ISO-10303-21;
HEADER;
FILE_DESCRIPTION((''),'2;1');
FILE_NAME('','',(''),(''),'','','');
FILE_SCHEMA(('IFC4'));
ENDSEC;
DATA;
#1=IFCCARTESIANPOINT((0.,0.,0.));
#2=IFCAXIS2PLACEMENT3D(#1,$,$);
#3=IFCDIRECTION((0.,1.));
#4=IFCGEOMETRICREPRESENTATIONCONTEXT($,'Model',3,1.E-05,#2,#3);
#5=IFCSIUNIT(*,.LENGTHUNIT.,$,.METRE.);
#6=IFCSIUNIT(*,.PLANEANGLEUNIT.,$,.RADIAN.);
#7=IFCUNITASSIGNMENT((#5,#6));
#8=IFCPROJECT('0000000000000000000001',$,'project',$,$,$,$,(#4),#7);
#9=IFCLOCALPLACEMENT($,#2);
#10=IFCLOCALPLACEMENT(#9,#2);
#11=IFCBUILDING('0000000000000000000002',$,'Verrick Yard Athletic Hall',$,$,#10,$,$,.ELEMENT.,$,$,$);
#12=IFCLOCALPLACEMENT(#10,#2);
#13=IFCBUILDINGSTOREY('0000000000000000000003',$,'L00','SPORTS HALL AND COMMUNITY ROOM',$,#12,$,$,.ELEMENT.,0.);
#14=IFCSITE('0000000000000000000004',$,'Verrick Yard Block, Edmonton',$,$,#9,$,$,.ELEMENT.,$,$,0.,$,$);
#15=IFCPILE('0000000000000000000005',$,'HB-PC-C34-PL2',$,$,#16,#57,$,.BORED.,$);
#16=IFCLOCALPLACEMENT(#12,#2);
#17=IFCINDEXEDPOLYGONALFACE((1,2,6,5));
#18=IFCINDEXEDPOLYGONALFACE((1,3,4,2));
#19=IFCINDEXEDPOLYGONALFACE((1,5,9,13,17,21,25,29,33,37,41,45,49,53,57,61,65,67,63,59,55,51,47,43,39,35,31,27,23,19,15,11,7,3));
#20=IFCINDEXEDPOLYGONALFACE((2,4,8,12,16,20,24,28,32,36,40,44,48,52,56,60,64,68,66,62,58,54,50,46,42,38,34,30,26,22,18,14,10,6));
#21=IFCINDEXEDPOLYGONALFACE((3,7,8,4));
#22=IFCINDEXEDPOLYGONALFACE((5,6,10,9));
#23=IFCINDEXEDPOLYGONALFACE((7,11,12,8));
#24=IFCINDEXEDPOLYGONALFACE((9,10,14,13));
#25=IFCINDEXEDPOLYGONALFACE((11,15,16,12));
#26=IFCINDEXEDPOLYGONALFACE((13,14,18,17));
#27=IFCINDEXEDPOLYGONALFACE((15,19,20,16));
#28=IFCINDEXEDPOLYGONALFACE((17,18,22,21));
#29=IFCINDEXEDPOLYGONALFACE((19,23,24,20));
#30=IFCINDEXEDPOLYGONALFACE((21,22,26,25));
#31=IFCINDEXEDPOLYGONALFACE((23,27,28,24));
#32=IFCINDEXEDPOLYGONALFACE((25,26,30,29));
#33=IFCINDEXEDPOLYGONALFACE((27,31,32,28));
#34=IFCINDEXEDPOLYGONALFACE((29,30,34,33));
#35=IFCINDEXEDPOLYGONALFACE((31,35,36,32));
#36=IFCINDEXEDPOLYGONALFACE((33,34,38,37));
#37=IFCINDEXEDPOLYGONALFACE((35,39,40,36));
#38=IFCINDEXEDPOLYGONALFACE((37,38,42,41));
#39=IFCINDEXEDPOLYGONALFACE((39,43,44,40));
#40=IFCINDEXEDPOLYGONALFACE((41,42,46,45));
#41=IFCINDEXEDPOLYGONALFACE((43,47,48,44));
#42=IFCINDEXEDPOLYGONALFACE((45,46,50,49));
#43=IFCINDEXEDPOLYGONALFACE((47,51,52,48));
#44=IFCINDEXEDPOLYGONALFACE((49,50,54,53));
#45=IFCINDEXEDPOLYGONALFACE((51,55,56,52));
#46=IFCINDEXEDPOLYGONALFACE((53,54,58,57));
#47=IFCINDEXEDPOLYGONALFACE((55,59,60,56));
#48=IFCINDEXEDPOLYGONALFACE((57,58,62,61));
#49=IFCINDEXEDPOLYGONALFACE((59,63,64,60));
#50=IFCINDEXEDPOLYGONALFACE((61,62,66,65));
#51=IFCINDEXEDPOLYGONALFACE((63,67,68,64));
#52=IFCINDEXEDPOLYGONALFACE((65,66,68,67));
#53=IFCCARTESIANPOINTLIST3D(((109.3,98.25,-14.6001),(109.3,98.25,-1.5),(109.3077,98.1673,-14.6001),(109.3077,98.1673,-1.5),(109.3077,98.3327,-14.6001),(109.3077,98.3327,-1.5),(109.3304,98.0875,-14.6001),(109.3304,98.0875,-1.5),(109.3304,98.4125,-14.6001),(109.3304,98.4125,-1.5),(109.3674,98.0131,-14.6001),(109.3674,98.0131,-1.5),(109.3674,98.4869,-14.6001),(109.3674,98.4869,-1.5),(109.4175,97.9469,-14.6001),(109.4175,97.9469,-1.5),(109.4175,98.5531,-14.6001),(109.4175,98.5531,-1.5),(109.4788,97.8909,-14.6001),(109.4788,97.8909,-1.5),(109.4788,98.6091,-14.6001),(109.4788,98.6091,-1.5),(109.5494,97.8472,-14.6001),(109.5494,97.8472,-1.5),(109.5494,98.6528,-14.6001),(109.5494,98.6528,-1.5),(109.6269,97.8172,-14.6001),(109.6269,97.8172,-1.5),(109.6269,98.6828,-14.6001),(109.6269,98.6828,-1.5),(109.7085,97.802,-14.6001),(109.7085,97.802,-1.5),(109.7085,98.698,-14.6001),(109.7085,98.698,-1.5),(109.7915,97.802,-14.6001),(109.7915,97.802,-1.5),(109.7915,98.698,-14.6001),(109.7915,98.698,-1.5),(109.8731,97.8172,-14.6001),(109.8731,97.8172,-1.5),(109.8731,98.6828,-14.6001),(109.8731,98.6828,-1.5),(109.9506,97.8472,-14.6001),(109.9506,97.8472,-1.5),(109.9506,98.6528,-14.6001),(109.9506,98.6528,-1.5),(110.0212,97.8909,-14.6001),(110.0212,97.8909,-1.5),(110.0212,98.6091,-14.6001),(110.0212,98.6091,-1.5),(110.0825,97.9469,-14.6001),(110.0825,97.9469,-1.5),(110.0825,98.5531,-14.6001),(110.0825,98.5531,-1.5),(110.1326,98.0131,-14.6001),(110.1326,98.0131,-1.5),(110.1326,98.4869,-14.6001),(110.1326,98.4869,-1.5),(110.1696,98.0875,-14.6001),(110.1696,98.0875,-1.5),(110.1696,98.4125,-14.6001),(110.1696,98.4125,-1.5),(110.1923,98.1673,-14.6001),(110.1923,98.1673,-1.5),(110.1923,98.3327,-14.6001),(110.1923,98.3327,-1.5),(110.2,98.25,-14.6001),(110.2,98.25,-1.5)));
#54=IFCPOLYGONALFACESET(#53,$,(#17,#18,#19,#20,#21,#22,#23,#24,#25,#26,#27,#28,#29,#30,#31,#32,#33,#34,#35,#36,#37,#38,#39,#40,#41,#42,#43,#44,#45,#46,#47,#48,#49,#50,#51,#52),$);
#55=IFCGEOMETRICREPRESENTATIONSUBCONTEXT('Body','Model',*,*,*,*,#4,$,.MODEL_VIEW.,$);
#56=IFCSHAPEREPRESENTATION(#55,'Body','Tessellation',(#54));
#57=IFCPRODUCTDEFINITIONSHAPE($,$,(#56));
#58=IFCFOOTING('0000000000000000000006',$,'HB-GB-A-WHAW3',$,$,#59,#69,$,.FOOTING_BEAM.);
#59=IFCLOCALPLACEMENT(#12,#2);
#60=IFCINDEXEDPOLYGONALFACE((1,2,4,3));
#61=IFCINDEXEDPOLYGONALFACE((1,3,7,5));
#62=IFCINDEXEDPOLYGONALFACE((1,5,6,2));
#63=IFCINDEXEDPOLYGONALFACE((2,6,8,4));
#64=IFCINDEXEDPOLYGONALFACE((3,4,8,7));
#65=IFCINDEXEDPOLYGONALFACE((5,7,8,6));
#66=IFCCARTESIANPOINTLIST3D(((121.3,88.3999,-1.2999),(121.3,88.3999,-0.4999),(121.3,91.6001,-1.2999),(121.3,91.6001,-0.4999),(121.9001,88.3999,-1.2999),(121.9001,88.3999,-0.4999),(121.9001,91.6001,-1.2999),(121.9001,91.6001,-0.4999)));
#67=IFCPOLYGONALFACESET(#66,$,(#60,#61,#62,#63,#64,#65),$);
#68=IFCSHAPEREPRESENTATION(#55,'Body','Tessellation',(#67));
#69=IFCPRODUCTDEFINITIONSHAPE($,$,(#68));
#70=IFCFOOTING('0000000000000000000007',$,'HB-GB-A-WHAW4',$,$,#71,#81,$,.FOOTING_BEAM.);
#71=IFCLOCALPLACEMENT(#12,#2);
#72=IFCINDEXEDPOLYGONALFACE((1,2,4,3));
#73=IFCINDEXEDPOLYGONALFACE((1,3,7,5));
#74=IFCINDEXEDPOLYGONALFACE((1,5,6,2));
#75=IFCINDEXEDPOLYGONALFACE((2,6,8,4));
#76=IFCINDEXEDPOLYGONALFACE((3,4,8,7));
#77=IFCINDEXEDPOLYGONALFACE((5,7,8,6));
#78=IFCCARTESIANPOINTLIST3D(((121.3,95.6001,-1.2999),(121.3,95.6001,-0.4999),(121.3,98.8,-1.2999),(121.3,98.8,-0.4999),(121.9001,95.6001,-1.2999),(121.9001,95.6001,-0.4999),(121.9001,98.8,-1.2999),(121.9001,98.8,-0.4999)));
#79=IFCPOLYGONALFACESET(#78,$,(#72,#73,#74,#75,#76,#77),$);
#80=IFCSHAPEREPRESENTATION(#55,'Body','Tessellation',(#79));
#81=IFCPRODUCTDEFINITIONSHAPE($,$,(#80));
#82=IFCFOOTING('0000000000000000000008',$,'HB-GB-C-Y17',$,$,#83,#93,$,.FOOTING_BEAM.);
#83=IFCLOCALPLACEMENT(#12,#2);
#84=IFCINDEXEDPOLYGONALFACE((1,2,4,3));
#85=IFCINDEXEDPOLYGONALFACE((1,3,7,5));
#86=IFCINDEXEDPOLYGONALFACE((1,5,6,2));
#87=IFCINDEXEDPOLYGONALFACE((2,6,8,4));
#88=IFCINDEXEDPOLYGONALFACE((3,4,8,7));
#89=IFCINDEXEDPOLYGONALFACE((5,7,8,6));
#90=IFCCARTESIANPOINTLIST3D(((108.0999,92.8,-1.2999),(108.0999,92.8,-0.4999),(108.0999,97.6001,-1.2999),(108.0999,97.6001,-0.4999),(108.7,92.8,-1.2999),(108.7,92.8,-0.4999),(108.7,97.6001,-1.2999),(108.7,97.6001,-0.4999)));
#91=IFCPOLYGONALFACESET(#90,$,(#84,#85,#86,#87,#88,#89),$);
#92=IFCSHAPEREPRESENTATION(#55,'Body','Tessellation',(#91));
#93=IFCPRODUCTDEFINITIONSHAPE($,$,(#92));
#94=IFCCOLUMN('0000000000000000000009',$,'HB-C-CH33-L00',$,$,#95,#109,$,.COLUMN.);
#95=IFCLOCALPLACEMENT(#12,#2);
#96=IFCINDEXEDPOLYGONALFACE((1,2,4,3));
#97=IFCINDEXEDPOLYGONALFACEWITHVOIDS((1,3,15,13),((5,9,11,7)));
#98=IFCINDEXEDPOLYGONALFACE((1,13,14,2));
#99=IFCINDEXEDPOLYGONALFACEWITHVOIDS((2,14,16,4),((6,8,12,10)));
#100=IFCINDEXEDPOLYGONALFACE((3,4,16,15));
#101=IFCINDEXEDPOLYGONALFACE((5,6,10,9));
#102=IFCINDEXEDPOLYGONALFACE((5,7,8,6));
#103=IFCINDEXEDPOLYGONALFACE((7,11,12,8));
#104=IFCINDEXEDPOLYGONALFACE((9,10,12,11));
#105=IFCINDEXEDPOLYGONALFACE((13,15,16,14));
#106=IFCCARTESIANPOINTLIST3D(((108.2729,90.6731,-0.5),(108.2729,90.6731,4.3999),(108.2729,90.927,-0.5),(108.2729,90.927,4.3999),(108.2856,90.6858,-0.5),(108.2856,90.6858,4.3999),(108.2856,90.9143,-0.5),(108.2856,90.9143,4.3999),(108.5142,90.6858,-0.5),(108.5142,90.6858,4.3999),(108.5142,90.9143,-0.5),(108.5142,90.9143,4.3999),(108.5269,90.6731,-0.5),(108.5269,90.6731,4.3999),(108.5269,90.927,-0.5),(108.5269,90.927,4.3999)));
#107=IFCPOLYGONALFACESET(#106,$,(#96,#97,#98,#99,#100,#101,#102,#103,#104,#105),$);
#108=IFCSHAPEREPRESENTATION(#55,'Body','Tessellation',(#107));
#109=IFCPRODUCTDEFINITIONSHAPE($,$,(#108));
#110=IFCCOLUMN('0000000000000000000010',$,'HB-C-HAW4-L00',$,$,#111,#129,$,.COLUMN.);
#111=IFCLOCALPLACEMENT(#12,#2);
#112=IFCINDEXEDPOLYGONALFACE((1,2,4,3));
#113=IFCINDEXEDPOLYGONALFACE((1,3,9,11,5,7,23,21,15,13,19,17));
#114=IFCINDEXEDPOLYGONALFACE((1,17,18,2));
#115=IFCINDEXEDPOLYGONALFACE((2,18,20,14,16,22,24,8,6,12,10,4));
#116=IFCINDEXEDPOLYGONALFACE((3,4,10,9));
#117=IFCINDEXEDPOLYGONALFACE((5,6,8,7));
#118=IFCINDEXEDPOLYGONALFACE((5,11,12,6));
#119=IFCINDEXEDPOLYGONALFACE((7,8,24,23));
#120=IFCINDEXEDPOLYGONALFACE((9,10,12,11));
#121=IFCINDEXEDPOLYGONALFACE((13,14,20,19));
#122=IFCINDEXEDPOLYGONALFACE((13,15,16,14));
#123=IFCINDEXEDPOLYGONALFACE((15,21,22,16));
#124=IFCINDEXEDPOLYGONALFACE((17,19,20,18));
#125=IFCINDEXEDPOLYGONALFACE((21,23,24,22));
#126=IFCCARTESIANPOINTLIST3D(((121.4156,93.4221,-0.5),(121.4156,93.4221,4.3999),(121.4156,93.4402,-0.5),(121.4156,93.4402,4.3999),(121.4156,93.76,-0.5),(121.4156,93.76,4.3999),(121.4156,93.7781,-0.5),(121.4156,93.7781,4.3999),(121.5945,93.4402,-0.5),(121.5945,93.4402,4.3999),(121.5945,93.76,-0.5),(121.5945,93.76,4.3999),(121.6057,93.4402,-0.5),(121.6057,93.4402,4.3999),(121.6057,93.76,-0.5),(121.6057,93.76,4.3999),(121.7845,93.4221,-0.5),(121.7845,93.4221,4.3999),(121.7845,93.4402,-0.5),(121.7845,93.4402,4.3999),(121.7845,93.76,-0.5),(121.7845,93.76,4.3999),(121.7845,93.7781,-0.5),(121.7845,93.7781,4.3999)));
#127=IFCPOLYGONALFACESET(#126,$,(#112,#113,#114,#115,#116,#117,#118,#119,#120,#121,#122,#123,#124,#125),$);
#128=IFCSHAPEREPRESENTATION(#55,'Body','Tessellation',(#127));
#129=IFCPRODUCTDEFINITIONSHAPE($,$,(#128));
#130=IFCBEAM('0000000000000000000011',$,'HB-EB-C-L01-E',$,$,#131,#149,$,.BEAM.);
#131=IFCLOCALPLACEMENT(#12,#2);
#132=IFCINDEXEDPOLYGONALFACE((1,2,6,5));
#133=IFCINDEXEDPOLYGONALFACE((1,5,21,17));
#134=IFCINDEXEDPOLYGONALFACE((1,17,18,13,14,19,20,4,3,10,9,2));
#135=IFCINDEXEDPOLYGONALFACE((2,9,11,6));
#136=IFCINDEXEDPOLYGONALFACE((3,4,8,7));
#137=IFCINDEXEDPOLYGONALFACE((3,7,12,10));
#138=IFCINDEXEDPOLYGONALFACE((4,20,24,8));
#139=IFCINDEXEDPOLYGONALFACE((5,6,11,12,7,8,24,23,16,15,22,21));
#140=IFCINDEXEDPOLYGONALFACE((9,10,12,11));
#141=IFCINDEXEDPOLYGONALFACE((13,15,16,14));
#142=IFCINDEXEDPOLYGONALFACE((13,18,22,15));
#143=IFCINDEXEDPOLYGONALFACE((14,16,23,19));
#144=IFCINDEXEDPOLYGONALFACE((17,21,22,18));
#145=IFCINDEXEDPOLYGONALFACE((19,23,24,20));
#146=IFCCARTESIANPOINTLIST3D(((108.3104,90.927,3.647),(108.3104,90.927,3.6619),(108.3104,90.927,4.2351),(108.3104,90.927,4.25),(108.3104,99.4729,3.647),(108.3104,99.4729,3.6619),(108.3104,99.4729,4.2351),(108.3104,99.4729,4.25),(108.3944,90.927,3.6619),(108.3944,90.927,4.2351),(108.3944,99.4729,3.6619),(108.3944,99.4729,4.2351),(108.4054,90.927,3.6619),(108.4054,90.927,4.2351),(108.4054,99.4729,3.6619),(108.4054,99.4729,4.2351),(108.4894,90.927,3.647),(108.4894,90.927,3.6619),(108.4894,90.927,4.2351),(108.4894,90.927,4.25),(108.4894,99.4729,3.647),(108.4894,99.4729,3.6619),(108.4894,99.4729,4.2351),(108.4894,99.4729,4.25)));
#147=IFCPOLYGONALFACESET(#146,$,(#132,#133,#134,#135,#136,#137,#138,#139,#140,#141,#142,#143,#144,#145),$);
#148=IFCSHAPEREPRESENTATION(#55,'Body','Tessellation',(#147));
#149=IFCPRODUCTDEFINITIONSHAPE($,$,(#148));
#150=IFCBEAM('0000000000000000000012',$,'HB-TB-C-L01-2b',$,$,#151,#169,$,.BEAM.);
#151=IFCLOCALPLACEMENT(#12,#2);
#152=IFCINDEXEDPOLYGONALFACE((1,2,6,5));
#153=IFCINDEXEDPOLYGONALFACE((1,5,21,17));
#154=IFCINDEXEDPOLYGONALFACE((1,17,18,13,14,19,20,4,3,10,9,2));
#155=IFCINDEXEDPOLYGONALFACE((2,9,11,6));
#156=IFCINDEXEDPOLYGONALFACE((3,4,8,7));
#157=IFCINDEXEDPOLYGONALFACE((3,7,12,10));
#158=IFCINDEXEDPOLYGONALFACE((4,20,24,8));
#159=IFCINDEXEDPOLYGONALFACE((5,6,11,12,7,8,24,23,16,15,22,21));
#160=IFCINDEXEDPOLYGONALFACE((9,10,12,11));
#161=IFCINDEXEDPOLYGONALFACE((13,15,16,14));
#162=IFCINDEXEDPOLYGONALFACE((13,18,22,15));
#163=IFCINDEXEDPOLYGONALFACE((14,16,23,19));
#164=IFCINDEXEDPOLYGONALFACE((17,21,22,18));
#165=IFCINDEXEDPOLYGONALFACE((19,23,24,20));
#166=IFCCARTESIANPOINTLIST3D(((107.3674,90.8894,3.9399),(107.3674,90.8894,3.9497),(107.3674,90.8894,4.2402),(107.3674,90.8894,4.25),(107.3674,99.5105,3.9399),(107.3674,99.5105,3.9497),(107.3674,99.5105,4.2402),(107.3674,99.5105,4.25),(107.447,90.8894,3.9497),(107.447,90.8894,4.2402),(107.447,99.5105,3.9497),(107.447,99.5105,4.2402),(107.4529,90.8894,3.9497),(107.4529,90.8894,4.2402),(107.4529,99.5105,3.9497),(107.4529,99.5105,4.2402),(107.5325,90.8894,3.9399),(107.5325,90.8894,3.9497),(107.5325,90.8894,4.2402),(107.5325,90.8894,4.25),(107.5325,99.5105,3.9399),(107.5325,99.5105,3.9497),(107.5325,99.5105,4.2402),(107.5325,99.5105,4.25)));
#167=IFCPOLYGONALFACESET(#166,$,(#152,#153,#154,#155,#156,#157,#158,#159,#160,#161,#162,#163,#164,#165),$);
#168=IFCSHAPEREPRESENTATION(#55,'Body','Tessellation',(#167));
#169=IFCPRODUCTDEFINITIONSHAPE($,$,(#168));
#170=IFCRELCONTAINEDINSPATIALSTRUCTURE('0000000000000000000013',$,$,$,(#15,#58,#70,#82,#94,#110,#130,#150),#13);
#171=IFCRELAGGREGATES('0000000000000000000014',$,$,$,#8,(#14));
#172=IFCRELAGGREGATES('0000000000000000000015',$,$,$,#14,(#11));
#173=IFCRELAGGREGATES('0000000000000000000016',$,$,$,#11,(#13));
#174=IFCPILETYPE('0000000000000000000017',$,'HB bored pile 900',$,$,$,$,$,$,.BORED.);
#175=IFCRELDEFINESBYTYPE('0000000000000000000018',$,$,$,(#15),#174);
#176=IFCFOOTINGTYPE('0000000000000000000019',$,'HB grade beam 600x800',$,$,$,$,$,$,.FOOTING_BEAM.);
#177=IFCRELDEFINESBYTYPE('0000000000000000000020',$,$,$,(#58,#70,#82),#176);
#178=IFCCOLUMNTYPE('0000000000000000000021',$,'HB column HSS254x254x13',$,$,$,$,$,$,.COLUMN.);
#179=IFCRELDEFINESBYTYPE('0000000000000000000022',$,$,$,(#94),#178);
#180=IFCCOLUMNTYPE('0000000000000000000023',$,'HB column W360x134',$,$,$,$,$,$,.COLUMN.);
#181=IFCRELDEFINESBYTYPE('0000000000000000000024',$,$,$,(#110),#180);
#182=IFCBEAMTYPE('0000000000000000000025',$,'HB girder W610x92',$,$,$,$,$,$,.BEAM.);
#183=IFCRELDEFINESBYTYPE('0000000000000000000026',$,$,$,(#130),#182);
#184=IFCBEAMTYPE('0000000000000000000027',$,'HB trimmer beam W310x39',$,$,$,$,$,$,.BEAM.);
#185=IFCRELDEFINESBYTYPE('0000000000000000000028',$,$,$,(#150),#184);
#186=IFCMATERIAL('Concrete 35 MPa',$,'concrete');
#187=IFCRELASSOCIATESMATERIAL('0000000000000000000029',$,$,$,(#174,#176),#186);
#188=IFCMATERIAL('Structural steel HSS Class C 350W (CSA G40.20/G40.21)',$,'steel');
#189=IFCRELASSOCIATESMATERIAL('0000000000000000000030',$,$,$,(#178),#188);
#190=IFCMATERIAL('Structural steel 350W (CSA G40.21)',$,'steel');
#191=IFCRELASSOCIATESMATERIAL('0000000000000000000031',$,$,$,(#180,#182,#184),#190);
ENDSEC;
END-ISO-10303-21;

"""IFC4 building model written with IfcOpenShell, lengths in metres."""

from ifc_helpers import new_model, si_unit, direction, frame, origin, origin_2d, place, context, subcontext, project, spatial, rectangle, hollow_rectangle, circle, i_section, extrude, material, material_profile, profile_set, type_object, element, save


model = new_model("IFC4")

# Units and contexts
model_context = context("Model", 3, precision=1e-05, world=origin(), true_north=direction((0.0, 1.0)))
body_context = subcontext(model_context, "Body", "Model", "MODEL_VIEW")
ifc_project = project(units=[si_unit("LENGTHUNIT", "METRE"), si_unit("PLANEANGLEUNIT", "RADIAN")], contexts=[model_context])

# Site, building, storey
site_placement = place(None, origin())
site = spatial("IfcSite", under=ifc_project, at=site_placement, Name="Verrick Yard Block, Edmonton", CompositionType="ELEMENT", RefElevation=0.0)
building_placement = place(site_placement, origin())
building = spatial("IfcBuilding", under=site, at=building_placement, Name="Verrick Yard Athletic Hall", CompositionType="ELEMENT")
storey_placement = place(building_placement, origin())
storey = spatial("IfcBuildingStorey", under=building, at=storey_placement, Name="L00", Description="SPORTS HALL AND COMMUNITY ROOM", CompositionType="ELEMENT", Elevation=0.0)

# Pile
ifc_material_1 = material(Name="Concrete 35 MPa", Category="concrete")
ifc_material_profile_1 = material_profile(ifc_material_1, circle(Radius=0.45, at=origin_2d()), Name="Bored pile 900")
ifc_profile_set_1 = profile_set([ifc_material_profile_1], Name="Concrete 35 MPa")
pile_type = type_object("IfcPileType", Name="HB bored pile 900", PredefinedType="BORED", material=ifc_profile_set_1)
for number, where, z_axis, x_axis, name in (
    (1, (109.75, 98.25, -1.5), (0.0, 0.0, -1.0), (1.0, 0.0, 0.0), "HB-PC-C34-PL2"),
):
    element("IfcPile", number, at=place(storey_placement, frame(where, z_axis=z_axis, x_axis=x_axis)), inside=storey, type_object=pile_type, Name=name, PredefinedType="BORED", context=body_context, shape_type="SweptSolid", body=[
        extrude(circle(Radius=0.45, at=origin_2d()), origin(), (0.0, 0.0, 1.0), 13.1001),
    ])

# Footings
ifc_material_profile_2 = material_profile(ifc_material_1, rectangle(XDim=0.6001, YDim=0.8, at=origin_2d()), Name="Grade beam 600x800")
ifc_profile_set_2 = profile_set([ifc_material_profile_2], Name="Concrete 35 MPa")
footing_type = type_object("IfcFootingType", Name="HB grade beam 600x800", PredefinedType="FOOTING_BEAM", material=ifc_profile_set_2)
footing_1_placement = place(storey_placement, frame((121.6001, 88.3999, -0.8999), z_axis=(0.0, 1.0, 0.0), x_axis=(-1.0, 0.0, 0.0)))
element("IfcFooting", 2, at=footing_1_placement, inside=storey, type_object=footing_type, Name="HB-GB-A-WHAW3", PredefinedType="FOOTING_BEAM", context=body_context, shape_type="SweptSolid", body=[
    extrude(rectangle(XDim=0.6001, YDim=0.8, at=origin_2d()), origin(), (0.0, 0.0, 1.0), 3.2002),
])
footing_2_placement = place(storey_placement, frame((121.6001, 95.6001, -0.8999), z_axis=(0.0, 1.0, 0.0), x_axis=(-1.0, 0.0, 0.0)))
element("IfcFooting", 3, at=footing_2_placement, inside=storey, type_object=footing_type, Name="HB-GB-A-WHAW4", PredefinedType="FOOTING_BEAM", context=body_context, shape_type="SweptSolid", body=[
    extrude(rectangle(XDim=0.6001, YDim=0.8, at=origin_2d()), origin(), (0.0, 0.0, 1.0), 3.2),
])
footing_3_placement = place(storey_placement, frame((108.3999, 92.8, -0.8999), z_axis=(0.0, 1.0, 0.0), x_axis=(-1.0, 0.0, 0.0)))
element("IfcFooting", 4, at=footing_3_placement, inside=storey, type_object=footing_type, Name="HB-GB-C-Y17", PredefinedType="FOOTING_BEAM", context=body_context, shape_type="SweptSolid", body=[
    extrude(rectangle(XDim=0.6001, YDim=0.8, at=origin_2d()), origin(), (0.0, 0.0, 1.0), 4.8),
])

# Columns
ifc_material_2 = material(Name="Structural steel HSS Class C 350W (CSA G40.20/G40.21)", Category="steel")
ifc_material_profile_3 = material_profile(ifc_material_2, hollow_rectangle(XDim=0.2539, YDim=0.2539, WallThickness=0.0127, at=origin_2d()), Name="HSS254x254x13")
ifc_profile_set_3 = profile_set([ifc_material_profile_3], Name="Structural steel HSS Class C 350W (CSA G40.20/G40.21)")
column_type_1 = type_object("IfcColumnType", Name="HB column HSS254x254x13", PredefinedType="COLUMN", material=ifc_profile_set_3)
column_1_placement = place(storey_placement, frame((108.3999, 90.8, -0.5), z_axis=(0.0, 0.0, 1.0), x_axis=(1.0, 0.0, 0.0)))
element("IfcColumn", 5, at=column_1_placement, inside=storey, type_object=column_type_1, Name="HB-C-CH33-L00", PredefinedType="COLUMN", context=body_context, shape_type="SweptSolid", body=[
    extrude(hollow_rectangle(XDim=0.2539, YDim=0.2539, WallThickness=0.0127, at=origin_2d()), origin(), (0.0, 0.0, 1.0), 4.8999),
])
ifc_material_3 = material(Name="Structural steel 350W (CSA G40.21)", Category="steel")
ifc_material_profile_4 = material_profile(ifc_material_3, i_section(OverallWidth=0.3689, OverallDepth=0.356, WebThickness=0.0112, FlangeThickness=0.0181, at=origin_2d()), Name="W360x134")
ifc_profile_set_4 = profile_set([ifc_material_profile_4], Name="Structural steel 350W (CSA G40.21)")
column_type_2 = type_object("IfcColumnType", Name="HB column W360x134", PredefinedType="COLUMN", material=ifc_profile_set_4)
column_2_placement = place(storey_placement, frame((121.6001, 93.6001, -0.5), z_axis=(0.0, 0.0, 1.0), x_axis=(1.0, 0.0, 0.0)))
element("IfcColumn", 6, at=column_2_placement, inside=storey, type_object=column_type_2, Name="HB-C-HAW4-L00", PredefinedType="COLUMN", context=body_context, shape_type="SweptSolid", body=[
    extrude(i_section(OverallWidth=0.3689, OverallDepth=0.356, WebThickness=0.0112, FlangeThickness=0.0181, at=origin_2d()), origin(), (0.0, 0.0, 1.0), 4.8999),
])

# Beams
ifc_material_profile_5 = material_profile(ifc_material_3, i_section(OverallWidth=0.179, OverallDepth=0.603, WebThickness=0.011, FlangeThickness=0.0149, at=origin_2d()), Name="W610x92")
ifc_profile_set_5 = profile_set([ifc_material_profile_5], Name="Structural steel 350W (CSA G40.21)")
beam_type_1 = type_object("IfcBeamType", Name="HB girder W610x92", PredefinedType="BEAM", material=ifc_profile_set_5)
beam_1_placement = place(storey_placement, frame((108.3999, 90.927, 3.9485), z_axis=(0.0, 1.0, 0.0), x_axis=(-1.0, 0.0, 0.0)))
element("IfcBeam", 7, at=beam_1_placement, inside=storey, type_object=beam_type_1, Name="HB-EB-C-L01-E", PredefinedType="BEAM", context=body_context, shape_type="SweptSolid", body=[
    extrude(i_section(OverallWidth=0.179, OverallDepth=0.603, WebThickness=0.011, FlangeThickness=0.0149, at=origin_2d()), origin(), (0.0, 0.0, 1.0), 8.5459),
])
ifc_material_profile_6 = material_profile(ifc_material_3, i_section(OverallWidth=0.165, OverallDepth=0.3101, WebThickness=0.0059, FlangeThickness=0.0098, at=origin_2d()), Name="W310x39")
ifc_profile_set_6 = profile_set([ifc_material_profile_6], Name="Structural steel 350W (CSA G40.21)")
beam_type_2 = type_object("IfcBeamType", Name="HB trimmer beam W310x39", PredefinedType="BEAM", material=ifc_profile_set_6)
beam_2_placement = place(storey_placement, frame((107.45, 90.8894, 4.095), z_axis=(0.0, 1.0, 0.0), x_axis=(-1.0, 0.0, 0.0)))
element("IfcBeam", 8, at=beam_2_placement, inside=storey, type_object=beam_type_2, Name="HB-TB-C-L01-2b", PredefinedType="BEAM", context=body_context, shape_type="SweptSolid", body=[
    extrude(i_section(OverallWidth=0.165, OverallDepth=0.3101, WebThickness=0.0059, FlangeThickness=0.0098, at=origin_2d()), origin(), (0.0, 0.0, 1.0), 8.6211),
])

save(model, "model.ifc")
